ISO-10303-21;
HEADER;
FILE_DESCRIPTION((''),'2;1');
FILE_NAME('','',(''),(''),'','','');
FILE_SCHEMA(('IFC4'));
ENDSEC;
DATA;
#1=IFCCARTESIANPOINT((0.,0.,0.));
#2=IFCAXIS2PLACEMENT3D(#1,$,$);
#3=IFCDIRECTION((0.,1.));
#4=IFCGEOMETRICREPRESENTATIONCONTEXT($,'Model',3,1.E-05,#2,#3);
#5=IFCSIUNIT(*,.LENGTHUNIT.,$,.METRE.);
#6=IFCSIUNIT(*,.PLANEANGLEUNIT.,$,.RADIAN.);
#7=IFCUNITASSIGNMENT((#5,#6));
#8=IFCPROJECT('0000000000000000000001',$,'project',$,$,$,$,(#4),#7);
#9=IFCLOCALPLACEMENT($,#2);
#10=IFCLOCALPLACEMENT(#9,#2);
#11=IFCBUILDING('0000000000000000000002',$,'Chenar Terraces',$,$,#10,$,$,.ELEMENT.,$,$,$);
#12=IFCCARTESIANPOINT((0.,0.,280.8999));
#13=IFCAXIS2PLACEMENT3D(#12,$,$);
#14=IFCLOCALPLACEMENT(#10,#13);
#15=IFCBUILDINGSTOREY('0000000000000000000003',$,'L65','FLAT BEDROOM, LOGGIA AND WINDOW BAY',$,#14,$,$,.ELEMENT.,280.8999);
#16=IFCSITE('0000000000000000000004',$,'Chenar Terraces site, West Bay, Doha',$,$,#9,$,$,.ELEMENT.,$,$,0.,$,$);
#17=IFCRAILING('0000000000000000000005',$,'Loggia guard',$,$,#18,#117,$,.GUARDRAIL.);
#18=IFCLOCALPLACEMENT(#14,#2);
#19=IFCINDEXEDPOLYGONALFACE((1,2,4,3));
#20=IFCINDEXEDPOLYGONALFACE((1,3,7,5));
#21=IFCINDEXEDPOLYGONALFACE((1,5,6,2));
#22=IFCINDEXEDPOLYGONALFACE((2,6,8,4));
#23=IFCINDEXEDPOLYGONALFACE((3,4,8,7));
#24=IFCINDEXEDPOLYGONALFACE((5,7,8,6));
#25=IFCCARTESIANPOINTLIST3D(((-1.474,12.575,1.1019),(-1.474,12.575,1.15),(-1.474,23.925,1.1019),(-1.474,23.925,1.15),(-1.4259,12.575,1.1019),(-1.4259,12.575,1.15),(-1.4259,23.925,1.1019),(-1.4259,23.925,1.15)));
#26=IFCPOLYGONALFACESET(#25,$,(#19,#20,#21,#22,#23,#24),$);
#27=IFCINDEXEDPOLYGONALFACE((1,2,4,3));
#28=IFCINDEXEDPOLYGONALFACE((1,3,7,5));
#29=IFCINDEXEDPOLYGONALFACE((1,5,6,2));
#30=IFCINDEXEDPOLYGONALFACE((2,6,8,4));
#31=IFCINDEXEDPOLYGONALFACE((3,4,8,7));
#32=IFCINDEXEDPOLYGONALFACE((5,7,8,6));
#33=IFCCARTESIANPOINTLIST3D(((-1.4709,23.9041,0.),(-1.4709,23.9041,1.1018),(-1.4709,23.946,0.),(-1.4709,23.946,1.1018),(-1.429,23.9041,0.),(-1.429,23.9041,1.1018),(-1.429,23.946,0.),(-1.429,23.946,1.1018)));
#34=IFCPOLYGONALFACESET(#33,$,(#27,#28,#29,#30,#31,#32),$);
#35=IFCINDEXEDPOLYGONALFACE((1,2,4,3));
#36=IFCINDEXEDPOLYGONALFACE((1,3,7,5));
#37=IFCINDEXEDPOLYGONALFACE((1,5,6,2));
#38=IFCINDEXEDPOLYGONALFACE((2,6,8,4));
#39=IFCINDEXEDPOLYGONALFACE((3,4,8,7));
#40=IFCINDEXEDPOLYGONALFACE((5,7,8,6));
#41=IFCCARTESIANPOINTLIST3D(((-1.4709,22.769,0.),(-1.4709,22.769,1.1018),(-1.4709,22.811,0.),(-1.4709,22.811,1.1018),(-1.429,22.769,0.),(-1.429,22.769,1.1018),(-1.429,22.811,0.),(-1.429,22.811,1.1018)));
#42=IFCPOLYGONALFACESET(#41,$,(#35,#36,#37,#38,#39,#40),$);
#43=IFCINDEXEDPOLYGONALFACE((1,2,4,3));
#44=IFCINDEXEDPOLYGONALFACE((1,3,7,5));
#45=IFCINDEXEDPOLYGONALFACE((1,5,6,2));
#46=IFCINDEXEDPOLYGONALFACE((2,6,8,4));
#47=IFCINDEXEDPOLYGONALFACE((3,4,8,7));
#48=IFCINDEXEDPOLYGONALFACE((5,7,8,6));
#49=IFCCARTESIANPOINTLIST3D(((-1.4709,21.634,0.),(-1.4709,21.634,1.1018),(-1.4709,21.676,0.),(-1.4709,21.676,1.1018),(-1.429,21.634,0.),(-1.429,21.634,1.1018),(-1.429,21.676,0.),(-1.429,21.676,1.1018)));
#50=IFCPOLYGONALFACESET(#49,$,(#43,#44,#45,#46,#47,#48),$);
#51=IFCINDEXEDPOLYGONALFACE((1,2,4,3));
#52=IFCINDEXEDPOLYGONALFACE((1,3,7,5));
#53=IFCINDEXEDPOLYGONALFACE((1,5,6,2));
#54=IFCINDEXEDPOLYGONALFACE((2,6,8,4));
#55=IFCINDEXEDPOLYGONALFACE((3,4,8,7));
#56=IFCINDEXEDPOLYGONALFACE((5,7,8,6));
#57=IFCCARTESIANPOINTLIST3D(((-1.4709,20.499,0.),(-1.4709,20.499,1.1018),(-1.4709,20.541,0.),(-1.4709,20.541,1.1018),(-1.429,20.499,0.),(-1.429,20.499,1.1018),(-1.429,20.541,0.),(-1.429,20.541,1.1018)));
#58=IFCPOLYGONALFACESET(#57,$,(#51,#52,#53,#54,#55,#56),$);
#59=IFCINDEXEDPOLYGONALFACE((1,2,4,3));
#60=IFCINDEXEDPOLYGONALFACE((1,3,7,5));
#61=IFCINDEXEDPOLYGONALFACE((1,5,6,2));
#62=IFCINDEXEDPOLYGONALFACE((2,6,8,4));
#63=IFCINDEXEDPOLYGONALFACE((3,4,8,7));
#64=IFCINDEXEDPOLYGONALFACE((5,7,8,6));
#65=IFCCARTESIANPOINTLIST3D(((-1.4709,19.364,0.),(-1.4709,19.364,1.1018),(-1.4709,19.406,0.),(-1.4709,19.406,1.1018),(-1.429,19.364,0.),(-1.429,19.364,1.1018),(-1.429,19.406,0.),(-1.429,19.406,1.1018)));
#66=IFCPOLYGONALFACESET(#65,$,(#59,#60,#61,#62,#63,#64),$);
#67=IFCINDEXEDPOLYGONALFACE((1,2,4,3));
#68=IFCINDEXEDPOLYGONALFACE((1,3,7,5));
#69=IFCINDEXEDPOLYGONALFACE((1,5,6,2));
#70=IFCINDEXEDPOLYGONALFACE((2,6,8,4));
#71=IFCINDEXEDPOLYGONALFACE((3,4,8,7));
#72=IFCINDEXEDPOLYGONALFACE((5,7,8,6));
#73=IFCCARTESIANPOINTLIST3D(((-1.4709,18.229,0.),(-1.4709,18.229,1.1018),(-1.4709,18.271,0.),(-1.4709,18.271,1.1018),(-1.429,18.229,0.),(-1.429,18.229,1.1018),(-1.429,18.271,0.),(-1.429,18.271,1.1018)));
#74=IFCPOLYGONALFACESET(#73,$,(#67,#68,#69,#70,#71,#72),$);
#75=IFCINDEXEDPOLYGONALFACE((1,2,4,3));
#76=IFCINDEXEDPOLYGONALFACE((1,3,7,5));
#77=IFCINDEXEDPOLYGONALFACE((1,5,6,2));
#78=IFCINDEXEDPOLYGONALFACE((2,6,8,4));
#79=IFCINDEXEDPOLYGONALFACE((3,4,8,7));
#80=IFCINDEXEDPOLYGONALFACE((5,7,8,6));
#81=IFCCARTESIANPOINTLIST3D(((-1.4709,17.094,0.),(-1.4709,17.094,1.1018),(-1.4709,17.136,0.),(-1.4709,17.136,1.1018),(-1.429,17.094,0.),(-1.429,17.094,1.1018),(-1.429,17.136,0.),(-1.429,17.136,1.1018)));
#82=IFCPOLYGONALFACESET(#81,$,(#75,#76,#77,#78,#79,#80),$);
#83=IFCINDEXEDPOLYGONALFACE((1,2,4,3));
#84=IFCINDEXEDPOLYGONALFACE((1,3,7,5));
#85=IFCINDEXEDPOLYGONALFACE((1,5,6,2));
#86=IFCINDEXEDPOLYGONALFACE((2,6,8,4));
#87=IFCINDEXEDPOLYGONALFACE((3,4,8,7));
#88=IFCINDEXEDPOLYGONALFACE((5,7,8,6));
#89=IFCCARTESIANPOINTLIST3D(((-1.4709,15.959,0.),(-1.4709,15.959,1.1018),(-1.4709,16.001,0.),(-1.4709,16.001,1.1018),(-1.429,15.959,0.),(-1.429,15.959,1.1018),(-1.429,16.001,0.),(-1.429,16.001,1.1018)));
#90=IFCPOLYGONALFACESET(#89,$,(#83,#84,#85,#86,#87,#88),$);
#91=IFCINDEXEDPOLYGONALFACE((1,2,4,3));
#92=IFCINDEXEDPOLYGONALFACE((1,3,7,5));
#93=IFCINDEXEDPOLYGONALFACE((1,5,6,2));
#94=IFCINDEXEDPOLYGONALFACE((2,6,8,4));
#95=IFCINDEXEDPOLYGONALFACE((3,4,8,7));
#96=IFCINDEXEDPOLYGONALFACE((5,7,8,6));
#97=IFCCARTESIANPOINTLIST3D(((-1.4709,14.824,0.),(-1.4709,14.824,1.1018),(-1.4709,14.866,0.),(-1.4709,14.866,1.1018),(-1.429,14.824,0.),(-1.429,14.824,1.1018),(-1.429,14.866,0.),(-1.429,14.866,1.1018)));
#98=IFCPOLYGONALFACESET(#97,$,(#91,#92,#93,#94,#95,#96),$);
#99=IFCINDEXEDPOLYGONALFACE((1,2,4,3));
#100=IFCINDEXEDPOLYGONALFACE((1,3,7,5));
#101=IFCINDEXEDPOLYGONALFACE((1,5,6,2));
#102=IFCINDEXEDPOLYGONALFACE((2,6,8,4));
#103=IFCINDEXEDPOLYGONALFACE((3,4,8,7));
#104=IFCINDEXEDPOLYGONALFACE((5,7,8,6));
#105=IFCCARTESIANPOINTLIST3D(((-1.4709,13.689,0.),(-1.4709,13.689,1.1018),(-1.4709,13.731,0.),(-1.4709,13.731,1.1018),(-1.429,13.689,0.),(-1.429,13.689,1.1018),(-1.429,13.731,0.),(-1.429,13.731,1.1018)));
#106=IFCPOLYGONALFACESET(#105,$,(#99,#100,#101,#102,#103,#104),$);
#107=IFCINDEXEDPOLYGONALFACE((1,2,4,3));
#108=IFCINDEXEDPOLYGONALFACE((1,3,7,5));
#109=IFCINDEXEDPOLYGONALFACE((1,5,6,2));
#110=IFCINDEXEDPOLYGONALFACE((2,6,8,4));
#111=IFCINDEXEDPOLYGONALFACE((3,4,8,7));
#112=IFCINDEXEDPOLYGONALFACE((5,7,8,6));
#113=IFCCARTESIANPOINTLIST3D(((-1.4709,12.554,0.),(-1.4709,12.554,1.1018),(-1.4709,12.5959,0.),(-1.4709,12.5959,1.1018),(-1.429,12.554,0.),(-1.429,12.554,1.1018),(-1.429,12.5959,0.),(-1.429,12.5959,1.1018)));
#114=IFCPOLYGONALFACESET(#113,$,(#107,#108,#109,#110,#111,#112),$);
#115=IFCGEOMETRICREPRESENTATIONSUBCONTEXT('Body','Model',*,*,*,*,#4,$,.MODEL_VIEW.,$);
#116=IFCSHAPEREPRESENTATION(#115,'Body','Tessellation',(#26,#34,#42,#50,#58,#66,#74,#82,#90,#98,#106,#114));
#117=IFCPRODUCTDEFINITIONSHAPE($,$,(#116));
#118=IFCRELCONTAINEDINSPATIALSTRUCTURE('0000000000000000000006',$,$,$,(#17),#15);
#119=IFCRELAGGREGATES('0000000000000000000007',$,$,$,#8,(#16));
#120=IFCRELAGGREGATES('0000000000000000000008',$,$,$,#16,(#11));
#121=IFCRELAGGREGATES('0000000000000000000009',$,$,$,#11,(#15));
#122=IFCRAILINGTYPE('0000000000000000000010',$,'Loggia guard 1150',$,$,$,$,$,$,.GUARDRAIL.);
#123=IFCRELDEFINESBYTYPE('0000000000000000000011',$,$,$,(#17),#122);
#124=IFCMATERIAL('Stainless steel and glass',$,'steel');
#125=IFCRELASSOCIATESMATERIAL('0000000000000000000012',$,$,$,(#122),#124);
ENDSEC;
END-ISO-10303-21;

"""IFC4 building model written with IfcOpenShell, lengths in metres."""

from ifc_helpers import new_model, si_unit, direction, frame, origin, origin_2d, place, context, subcontext, project, spatial, rectangle, extrude, material, type_object, element, save


model = new_model("IFC4")

# Units and contexts
model_context = context("Model", 3, precision=1e-05, world=origin(), true_north=direction((0.0, 1.0)))
body_context = subcontext(model_context, "Body", "Model", "MODEL_VIEW")
ifc_project = project(units=[si_unit("LENGTHUNIT", "METRE"), si_unit("PLANEANGLEUNIT", "RADIAN")], contexts=[model_context])

# Site, building, storey
site_placement = place(None, origin())
site = spatial("IfcSite", under=ifc_project, at=site_placement, Name="Chenar Terraces site, West Bay, Doha", CompositionType="ELEMENT", RefElevation=0.0)
building_placement = place(site_placement, origin())
building = spatial("IfcBuilding", under=site, at=building_placement, Name="Chenar Terraces", CompositionType="ELEMENT")
storey_placement = place(building_placement, frame((0.0, 0.0, 280.8999)))
storey = spatial("IfcBuildingStorey", under=building, at=storey_placement, Name="L65", Description="FLAT BEDROOM, LOGGIA AND WINDOW BAY", CompositionType="ELEMENT", Elevation=280.8999)

# Railing
ifc_material_1 = material(Name="Stainless steel and glass", Category="steel")
railing_type_1 = type_object("IfcRailingType", Name="Loggia guard 1150", PredefinedType="GUARDRAIL", material=ifc_material_1)
railing_1_placement = place(storey_placement, frame((-1.45, 23.925, 0.0)))
element("IfcRailing", 1, at=railing_1_placement, inside=storey, type_object=railing_type_1, Name="Loggia guard", PredefinedType="GUARDRAIL", context=body_context, shape_type="SweptSolid", body=[
    extrude(rectangle(XDim=0.0481, YDim=0.0481, at=origin_2d()), frame((0.0, 0.0, 1.126), z_axis=(0.0, -1.0, 0.0), x_axis=(1.0, 0.0, 0.0)), (0.0, 0.0, 1.0), 11.3501),
    extrude(rectangle(XDim=0.042, YDim=0.042, at=origin_2d()), origin(), (0.0, 0.0, 1.0), 1.1018),
    extrude(rectangle(XDim=0.042, YDim=0.042, at=origin_2d()), frame((0.0, -1.135, 0.0)), (0.0, 0.0, 1.0), 1.1018),
    extrude(rectangle(XDim=0.042, YDim=0.042, at=origin_2d()), frame((0.0, -2.27, 0.0)), (0.0, 0.0, 1.0), 1.1018),
    extrude(rectangle(XDim=0.042, YDim=0.042, at=origin_2d()), frame((0.0, -3.405, 0.0)), (0.0, 0.0, 1.0), 1.1018),
    extrude(rectangle(XDim=0.042, YDim=0.042, at=origin_2d()), frame((0.0, -4.54, 0.0)), (0.0, 0.0, 1.0), 1.1018),
    extrude(rectangle(XDim=0.042, YDim=0.042, at=origin_2d()), frame((0.0, -5.675, 0.0)), (0.0, 0.0, 1.0), 1.1018),
    extrude(rectangle(XDim=0.042, YDim=0.042, at=origin_2d()), frame((0.0, -6.8101, 0.0)), (0.0, 0.0, 1.0), 1.1018),
    extrude(rectangle(XDim=0.042, YDim=0.042, at=origin_2d()), frame((0.0, -7.9451, 0.0)), (0.0, 0.0, 1.0), 1.1018),
    extrude(rectangle(XDim=0.042, YDim=0.042, at=origin_2d()), frame((0.0, -9.0801, 0.0)), (0.0, 0.0, 1.0), 1.1018),
    extrude(rectangle(XDim=0.042, YDim=0.042, at=origin_2d()), frame((0.0, -10.2151, 0.0)), (0.0, 0.0, 1.0), 1.1018),
    extrude(rectangle(XDim=0.042, YDim=0.042, at=origin_2d()), frame((0.0, -11.3501, 0.0)), (0.0, 0.0, 1.0), 1.1018),
])

save(model, "model.ifc")
